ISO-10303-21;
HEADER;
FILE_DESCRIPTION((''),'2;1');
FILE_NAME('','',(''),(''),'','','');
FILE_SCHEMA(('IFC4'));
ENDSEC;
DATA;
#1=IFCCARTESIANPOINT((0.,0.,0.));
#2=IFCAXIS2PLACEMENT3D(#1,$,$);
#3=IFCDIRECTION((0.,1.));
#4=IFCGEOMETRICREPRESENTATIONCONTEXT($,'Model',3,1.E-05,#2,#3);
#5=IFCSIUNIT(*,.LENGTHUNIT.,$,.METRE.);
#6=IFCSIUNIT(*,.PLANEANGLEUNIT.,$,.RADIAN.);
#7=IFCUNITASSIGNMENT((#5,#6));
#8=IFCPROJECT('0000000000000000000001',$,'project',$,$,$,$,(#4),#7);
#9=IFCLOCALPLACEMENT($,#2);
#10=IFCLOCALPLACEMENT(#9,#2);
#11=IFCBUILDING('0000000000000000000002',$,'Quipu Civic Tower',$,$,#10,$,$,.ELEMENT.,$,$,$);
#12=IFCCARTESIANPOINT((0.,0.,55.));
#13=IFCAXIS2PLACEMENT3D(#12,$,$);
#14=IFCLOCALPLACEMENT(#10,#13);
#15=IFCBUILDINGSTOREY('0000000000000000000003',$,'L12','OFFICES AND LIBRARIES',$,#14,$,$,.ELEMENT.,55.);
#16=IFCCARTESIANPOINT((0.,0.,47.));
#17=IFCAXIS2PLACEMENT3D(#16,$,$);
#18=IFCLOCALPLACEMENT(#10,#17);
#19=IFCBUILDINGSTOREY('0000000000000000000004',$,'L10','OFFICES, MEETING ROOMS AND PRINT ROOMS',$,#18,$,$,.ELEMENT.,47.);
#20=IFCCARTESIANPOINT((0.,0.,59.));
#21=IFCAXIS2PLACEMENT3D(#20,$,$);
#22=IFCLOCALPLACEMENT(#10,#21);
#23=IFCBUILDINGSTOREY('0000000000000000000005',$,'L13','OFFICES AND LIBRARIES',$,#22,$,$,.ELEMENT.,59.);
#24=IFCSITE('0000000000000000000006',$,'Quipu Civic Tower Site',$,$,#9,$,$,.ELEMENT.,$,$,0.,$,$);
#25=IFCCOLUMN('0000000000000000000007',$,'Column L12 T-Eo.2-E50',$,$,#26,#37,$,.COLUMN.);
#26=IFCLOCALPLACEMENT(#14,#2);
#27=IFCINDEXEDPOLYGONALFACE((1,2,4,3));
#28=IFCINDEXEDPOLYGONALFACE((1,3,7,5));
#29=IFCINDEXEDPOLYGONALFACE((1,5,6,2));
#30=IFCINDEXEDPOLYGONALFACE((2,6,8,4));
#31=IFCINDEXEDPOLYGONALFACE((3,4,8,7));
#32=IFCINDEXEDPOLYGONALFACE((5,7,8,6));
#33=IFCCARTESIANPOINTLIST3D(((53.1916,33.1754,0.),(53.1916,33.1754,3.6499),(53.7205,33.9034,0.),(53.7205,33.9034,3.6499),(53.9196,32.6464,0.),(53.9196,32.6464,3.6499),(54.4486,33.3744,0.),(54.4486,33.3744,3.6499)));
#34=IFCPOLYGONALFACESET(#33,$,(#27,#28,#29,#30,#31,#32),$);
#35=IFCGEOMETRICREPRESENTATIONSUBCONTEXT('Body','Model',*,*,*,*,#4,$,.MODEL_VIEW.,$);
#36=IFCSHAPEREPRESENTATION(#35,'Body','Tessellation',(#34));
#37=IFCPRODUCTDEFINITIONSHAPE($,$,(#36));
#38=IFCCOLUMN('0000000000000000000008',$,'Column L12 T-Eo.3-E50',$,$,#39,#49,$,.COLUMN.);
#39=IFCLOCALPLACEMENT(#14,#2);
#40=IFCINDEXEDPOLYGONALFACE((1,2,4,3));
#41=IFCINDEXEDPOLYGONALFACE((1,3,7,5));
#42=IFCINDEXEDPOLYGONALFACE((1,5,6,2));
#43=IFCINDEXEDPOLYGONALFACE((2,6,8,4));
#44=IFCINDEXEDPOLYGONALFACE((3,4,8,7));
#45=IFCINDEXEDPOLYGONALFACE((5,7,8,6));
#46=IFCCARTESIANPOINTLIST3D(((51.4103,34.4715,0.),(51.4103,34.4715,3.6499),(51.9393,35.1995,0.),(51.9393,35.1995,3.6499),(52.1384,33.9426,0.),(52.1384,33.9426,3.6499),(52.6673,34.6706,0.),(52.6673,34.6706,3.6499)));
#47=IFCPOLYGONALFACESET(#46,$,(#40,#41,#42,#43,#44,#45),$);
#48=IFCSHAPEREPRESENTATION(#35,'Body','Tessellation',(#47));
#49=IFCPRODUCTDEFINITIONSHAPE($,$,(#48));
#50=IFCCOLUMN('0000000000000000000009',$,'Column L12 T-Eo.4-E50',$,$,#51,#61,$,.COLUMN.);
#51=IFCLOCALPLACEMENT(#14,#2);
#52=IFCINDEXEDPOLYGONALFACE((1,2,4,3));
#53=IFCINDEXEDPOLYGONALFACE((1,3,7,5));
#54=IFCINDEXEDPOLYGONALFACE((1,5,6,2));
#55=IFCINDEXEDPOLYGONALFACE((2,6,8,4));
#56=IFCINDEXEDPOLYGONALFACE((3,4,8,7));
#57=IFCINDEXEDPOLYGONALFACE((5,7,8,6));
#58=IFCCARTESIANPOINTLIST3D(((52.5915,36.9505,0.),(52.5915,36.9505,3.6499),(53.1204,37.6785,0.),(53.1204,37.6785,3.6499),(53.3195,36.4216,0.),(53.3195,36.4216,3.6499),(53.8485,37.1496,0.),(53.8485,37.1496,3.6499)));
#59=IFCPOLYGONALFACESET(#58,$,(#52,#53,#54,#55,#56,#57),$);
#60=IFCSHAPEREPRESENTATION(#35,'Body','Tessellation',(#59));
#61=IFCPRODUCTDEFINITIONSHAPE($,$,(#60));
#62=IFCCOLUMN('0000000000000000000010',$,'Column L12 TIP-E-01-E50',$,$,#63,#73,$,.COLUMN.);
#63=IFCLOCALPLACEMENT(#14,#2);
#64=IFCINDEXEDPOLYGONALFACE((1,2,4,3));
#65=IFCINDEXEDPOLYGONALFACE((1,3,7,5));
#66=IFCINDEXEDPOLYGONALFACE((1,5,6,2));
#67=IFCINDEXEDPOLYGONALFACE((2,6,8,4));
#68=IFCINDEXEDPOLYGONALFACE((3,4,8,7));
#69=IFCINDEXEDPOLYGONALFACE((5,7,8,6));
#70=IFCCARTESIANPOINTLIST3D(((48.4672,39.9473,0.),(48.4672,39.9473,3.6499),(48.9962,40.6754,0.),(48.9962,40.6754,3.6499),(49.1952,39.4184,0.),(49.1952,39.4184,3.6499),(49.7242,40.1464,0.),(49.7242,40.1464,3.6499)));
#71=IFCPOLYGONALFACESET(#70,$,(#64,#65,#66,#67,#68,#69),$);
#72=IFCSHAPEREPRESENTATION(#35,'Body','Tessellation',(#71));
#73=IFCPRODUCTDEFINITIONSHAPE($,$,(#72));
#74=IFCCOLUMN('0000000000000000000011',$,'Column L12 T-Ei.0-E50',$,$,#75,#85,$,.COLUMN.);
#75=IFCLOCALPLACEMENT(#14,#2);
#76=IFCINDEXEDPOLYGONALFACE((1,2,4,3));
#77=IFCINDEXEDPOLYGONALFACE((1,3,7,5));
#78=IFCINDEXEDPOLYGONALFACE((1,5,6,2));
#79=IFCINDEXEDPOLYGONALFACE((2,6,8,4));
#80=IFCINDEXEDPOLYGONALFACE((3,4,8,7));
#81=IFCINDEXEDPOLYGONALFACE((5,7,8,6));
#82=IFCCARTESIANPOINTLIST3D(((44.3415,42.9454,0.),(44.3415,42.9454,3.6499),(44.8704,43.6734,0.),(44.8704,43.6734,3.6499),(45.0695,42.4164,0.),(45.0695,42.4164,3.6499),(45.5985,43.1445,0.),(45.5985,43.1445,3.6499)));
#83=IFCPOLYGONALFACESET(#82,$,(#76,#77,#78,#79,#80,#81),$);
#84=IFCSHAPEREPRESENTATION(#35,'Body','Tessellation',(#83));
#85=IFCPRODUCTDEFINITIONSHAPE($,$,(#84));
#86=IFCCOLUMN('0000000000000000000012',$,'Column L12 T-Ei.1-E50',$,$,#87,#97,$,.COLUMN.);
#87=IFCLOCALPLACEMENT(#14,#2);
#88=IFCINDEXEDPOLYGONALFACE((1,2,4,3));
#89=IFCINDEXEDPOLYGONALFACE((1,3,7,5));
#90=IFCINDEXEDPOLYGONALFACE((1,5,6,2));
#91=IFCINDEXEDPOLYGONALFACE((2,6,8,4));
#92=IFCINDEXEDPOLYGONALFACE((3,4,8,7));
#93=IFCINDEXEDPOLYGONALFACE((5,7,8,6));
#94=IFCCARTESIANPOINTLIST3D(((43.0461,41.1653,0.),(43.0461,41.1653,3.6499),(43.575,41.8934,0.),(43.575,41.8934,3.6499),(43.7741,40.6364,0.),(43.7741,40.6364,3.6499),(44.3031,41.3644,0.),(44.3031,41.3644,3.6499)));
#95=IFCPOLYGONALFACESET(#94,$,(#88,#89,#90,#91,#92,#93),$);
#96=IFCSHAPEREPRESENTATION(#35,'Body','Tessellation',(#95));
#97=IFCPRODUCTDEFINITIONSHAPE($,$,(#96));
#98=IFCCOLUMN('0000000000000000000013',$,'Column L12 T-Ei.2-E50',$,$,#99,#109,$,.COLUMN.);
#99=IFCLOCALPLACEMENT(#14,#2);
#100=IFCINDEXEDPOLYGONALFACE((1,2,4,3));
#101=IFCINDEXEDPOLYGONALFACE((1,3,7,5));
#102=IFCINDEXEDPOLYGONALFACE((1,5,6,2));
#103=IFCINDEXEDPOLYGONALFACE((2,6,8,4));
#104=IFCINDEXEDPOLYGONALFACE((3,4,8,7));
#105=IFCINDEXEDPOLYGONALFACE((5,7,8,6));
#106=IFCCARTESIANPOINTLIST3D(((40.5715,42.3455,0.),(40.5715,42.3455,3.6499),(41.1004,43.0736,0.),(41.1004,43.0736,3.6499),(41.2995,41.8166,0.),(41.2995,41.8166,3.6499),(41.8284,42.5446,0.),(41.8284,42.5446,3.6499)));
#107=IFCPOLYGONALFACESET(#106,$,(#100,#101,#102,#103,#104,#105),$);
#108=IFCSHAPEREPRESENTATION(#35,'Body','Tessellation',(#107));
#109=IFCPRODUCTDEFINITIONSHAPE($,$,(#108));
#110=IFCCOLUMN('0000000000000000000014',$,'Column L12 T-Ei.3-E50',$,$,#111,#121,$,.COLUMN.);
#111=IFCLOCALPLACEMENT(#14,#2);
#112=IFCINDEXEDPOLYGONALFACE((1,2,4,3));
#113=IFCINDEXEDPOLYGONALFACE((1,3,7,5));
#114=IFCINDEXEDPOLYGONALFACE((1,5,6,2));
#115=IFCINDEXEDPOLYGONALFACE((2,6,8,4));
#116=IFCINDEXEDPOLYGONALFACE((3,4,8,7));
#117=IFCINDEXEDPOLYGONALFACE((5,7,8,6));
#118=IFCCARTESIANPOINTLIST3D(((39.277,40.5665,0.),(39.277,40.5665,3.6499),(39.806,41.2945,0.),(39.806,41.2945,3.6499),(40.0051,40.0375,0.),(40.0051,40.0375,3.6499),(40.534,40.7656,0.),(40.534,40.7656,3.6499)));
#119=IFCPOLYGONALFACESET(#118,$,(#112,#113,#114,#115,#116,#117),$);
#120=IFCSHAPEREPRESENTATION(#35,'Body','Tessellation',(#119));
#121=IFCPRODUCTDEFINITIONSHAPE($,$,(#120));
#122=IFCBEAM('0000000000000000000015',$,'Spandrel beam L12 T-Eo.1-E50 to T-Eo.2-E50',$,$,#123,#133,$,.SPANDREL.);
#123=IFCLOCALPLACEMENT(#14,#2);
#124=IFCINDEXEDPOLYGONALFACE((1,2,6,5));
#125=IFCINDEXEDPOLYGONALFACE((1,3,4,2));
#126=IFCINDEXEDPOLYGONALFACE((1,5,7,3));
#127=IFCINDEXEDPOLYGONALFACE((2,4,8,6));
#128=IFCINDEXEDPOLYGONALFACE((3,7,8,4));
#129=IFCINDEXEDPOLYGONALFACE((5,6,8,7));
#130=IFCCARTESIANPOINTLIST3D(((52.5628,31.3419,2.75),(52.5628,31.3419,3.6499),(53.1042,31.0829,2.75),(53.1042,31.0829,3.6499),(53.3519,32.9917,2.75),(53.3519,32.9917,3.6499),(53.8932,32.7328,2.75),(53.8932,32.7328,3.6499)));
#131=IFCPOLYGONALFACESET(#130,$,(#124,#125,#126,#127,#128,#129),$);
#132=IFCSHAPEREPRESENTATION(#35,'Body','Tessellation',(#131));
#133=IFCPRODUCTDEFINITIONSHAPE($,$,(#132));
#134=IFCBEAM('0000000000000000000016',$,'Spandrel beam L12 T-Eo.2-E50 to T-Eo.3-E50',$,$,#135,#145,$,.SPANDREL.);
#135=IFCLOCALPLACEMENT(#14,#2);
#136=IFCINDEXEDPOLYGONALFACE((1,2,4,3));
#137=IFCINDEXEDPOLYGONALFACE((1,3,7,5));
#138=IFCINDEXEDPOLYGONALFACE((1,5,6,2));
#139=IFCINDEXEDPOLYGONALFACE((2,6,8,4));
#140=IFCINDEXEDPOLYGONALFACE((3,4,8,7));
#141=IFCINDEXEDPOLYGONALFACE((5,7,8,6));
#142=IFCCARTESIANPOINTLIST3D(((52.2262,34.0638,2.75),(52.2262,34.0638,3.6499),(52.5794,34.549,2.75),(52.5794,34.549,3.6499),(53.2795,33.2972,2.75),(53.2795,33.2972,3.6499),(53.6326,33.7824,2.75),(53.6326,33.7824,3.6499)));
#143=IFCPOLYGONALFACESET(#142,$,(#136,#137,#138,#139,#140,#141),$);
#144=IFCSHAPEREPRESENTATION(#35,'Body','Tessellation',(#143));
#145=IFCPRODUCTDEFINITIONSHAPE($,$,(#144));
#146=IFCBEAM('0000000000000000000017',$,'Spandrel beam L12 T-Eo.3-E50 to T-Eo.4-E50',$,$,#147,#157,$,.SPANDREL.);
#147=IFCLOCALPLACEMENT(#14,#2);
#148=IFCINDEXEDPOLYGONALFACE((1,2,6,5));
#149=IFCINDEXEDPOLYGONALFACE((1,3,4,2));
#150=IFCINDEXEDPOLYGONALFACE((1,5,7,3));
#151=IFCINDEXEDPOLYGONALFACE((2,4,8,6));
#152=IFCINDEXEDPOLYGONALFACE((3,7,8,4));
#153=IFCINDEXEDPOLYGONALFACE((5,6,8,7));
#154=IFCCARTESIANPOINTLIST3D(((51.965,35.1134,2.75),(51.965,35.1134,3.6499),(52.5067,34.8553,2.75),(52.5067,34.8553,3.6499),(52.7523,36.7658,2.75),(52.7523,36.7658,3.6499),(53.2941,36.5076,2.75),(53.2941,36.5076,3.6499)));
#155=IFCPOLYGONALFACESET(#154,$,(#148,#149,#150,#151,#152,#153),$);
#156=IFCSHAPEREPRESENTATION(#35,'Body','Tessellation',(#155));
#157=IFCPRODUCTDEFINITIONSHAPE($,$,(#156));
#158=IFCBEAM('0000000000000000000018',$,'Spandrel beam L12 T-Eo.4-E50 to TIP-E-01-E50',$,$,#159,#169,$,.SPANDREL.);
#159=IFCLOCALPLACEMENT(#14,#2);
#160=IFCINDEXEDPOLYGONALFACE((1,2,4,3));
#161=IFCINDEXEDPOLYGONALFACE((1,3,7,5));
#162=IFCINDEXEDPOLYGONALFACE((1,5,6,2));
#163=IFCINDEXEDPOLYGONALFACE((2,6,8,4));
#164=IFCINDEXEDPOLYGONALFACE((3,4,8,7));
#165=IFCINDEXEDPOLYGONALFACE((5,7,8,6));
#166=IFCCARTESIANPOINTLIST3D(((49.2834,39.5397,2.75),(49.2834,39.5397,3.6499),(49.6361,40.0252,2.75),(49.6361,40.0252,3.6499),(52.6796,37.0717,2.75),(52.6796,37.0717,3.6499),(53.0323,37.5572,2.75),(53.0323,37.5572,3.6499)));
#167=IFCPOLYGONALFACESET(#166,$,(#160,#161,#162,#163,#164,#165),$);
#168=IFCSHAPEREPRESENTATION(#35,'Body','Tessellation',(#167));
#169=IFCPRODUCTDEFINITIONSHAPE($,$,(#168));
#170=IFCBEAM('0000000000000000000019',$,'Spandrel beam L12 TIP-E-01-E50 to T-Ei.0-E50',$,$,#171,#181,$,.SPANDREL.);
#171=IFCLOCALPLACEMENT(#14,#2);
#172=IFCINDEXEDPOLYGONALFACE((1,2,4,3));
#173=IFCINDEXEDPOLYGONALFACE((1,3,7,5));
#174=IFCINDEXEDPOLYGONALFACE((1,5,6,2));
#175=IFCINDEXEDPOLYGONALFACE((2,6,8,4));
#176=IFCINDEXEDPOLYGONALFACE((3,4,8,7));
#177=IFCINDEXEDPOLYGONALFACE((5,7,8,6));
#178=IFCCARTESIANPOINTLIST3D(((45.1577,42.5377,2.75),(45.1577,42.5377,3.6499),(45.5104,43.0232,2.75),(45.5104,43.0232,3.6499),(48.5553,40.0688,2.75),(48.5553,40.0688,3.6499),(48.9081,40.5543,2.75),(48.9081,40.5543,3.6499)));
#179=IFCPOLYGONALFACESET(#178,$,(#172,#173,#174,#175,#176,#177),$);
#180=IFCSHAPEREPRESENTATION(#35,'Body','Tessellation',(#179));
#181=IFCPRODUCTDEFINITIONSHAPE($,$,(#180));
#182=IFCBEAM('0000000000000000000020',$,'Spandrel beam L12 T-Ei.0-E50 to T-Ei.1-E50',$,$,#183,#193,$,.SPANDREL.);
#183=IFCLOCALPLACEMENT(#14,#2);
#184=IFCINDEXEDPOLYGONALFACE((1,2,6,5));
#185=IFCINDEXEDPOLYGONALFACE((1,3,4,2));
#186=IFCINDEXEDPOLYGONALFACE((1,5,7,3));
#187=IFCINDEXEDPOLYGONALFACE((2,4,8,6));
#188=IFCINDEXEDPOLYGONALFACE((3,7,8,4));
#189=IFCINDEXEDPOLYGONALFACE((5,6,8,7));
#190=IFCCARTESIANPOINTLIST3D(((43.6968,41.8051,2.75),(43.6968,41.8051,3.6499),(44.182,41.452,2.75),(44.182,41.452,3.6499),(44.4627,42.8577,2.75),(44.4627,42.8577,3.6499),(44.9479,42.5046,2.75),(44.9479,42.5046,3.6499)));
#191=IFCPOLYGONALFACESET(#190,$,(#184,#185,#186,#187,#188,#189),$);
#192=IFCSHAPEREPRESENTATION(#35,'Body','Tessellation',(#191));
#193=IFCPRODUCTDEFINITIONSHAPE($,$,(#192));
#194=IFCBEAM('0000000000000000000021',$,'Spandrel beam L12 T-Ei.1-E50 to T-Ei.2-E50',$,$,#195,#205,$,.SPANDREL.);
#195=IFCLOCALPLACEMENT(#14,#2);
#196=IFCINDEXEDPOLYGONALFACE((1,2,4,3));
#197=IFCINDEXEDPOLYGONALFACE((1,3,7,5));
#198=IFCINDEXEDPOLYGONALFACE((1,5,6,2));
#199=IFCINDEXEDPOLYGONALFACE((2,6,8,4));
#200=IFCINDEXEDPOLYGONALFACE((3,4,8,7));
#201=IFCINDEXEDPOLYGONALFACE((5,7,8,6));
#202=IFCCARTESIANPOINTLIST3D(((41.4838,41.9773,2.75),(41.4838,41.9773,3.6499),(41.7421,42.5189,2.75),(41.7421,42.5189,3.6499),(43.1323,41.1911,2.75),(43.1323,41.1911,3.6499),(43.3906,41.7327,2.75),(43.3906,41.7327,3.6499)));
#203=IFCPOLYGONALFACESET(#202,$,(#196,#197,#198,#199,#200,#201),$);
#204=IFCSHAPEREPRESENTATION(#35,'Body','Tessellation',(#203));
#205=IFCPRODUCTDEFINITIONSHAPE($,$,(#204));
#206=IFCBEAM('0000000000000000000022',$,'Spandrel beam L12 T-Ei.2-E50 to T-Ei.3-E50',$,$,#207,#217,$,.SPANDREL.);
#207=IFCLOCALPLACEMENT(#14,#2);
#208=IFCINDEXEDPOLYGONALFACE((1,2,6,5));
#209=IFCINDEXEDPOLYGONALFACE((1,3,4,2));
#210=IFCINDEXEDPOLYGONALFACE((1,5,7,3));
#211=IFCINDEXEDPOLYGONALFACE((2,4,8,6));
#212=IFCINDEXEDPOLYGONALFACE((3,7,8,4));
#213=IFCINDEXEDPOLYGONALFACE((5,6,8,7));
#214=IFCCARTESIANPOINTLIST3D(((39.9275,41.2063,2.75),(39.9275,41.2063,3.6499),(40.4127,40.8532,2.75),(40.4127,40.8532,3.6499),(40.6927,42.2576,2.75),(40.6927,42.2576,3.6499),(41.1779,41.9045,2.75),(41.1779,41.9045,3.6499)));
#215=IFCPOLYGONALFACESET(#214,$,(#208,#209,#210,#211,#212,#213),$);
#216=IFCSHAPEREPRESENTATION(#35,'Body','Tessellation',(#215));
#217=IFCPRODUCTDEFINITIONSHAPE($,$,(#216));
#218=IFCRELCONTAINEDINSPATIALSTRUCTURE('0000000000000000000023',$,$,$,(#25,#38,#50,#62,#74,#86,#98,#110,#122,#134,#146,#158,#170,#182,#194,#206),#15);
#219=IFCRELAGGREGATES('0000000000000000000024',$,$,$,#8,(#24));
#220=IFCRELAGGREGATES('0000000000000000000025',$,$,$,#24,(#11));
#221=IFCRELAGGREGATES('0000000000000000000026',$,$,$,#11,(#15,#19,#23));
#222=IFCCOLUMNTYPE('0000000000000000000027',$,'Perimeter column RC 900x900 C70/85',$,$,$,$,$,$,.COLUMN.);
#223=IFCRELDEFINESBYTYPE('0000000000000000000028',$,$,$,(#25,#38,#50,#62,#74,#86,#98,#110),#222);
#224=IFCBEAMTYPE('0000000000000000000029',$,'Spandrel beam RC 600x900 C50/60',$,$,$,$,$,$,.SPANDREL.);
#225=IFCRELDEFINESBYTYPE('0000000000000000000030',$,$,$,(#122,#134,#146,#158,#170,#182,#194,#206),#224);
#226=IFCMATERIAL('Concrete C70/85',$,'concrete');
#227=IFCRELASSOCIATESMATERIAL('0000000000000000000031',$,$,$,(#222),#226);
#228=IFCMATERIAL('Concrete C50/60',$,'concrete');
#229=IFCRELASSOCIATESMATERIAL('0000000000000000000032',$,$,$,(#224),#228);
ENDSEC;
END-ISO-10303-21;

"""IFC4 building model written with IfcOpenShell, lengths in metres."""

from ifc_helpers import new_model, si_unit, direction, frame, origin, origin_2d, place, context, subcontext, project, spatial, rectangle, extrude, material, material_profile, profile_set, type_object, element, save


model = new_model("IFC4")

# Units and contexts
model_context = context("Model", 3, precision=1e-05, world=origin(), true_north=direction((0.0, 1.0)))
body_context = subcontext(model_context, "Body", "Model", "MODEL_VIEW")
ifc_project = project(units=[si_unit("LENGTHUNIT", "METRE"), si_unit("PLANEANGLEUNIT", "RADIAN")], contexts=[model_context])

# Site, building, storey
site_placement = place(None, origin())
site = spatial("IfcSite", under=ifc_project, at=site_placement, Name="Quipu Civic Tower Site", CompositionType="ELEMENT", RefElevation=0.0)
building_placement = place(site_placement, origin())
building = spatial("IfcBuilding", under=site, at=building_placement, Name="Quipu Civic Tower", CompositionType="ELEMENT")
storey_1_placement = place(building_placement, frame((0.0, 0.0, 55.0)))
storey_1 = spatial("IfcBuildingStorey", under=building, at=storey_1_placement, Name="L12", Description="OFFICES AND LIBRARIES", CompositionType="ELEMENT", Elevation=55.0)

# Columns
ifc_material_1 = material(Name="Concrete C70/85", Category="concrete")
ifc_material_profile_1 = material_profile(ifc_material_1, rectangle(XDim=0.8999, YDim=0.8999, at=origin_2d()), Name="RC900x900")
ifc_profile_set_1 = profile_set([ifc_material_profile_1], Name="Concrete C70/85")
column_type = type_object("IfcColumnType", Name="Perimeter column RC 900x900 C70/85", PredefinedType="COLUMN", material=ifc_profile_set_1)
for number, where, z_axis, x_axis, name in (
    (1, (53.8201, 33.2749, 0.0), (0.0, 0.0, 1.0), (-0.809017, 0.587785, 0.0), "Column L12 T-Eo.2-E50"),
    (2, (52.0388, 34.571, 0.0), (0.0, 0.0, 1.0), (0.587785, 0.809017, 0.0), "Column L12 T-Eo.3-E50"),
    (3, (53.22, 37.05, 0.0), (0.0, 0.0, 1.0), (-0.809017, 0.587785, 0.0), "Column L12 T-Eo.4-E50"),
    (4, (49.0957, 40.0469, 0.0), (0.0, 0.0, 1.0), (-0.809017, 0.587785, 0.0), "Column L12 TIP-E-01-E50"),
    (5, (44.97, 43.0449, 0.0), (0.0, 0.0, 1.0), (-0.809017, 0.587785, 0.0), "Column L12 T-Ei.0-E50"),
    (6, (43.6746, 41.2649, 0.0), (0.0, 0.0, 1.0), (-0.809017, 0.587785, 0.0), "Column L12 T-Ei.1-E50"),
    (7, (41.2, 42.4451, 0.0), (0.0, 0.0, 1.0), (-0.587785, -0.809017, 0.0), "Column L12 T-Ei.2-E50"),
    (8, (39.9055, 40.666, 0.0), (0.0, 0.0, 1.0), (-0.587785, -0.809017, 0.0), "Column L12 T-Ei.3-E50"),
):
    element("IfcColumn", number, at=place(storey_1_placement, frame(where, z_axis=z_axis, x_axis=x_axis)), inside=storey_1, type_object=column_type, Name=name, PredefinedType="COLUMN", context=body_context, shape_type="SweptSolid", body=[
        extrude(rectangle(XDim=0.8999, YDim=0.8999, at=origin_2d()), origin(), (0.0, 0.0, 1.0), 3.6499),
    ])

# Beams
ifc_material_2 = material(Name="Concrete C50/60", Category="concrete")
ifc_material_profile_2 = material_profile(ifc_material_2, rectangle(XDim=0.6001, YDim=0.8999, at=origin_2d()), Name="RC600x900")
ifc_profile_set_2 = profile_set([ifc_material_profile_2], Name="Concrete C50/60")
beam_type = type_object("IfcBeamType", Name="Spandrel beam RC 600x900 C50/60", PredefinedType="SPANDREL", material=ifc_profile_set_2)
beam_1_placement = place(storey_1_placement, frame((52.8335, 31.2124, 3.2), z_axis=(0.431446, 0.902139, 0.0), x_axis=(-0.902139, 0.431446, 0.0)))
element("IfcBeam", 9, at=beam_1_placement, inside=storey_1, type_object=beam_type, Name="Spandrel beam L12 T-Eo.1-E50 to T-Eo.2-E50", PredefinedType="SPANDREL", context=body_context, shape_type="SweptSolid", body=[
    extrude(rectangle(XDim=0.6001, YDim=0.8999, at=origin_2d()), origin(), (0.0, 0.0, 1.0), 1.8289),
])
beam_2_placement = place(storey_1_placement, frame((53.4561, 33.5398, 3.2), z_axis=(-0.808509, 0.588484, 0.0), x_axis=(-0.588484, -0.808509, 0.0)))
element("IfcBeam", 10, at=beam_2_placement, inside=storey_1, type_object=beam_type, Name="Spandrel beam L12 T-Eo.2-E50 to T-Eo.3-E50", PredefinedType="SPANDREL", context=body_context, shape_type="SweptSolid", body=[
    extrude(rectangle(XDim=0.6001, YDim=0.8999, at=origin_2d()), origin(), (0.0, 0.0, 1.0), 1.3027),
])
beam_3_placement = place(storey_1_placement, frame((52.2358, 34.9844, 3.2), z_axis=(0.430167, 0.90275, 0.0), x_axis=(-0.90275, 0.430167, 0.0)))
element("IfcBeam", 11, at=beam_3_placement, inside=storey_1, type_object=beam_type, Name="Spandrel beam L12 T-Eo.3-E50 to T-Eo.4-E50", PredefinedType="SPANDREL", context=body_context, shape_type="SweptSolid", body=[
    extrude(rectangle(XDim=0.6001, YDim=0.8999, at=origin_2d()), origin(), (0.0, 0.0, 1.0), 1.8303),
])
beam_4_placement = place(storey_1_placement, frame((52.856, 37.3145, 3.2), z_axis=(-0.80896, 0.587864, 0.0), x_axis=(-0.587864, -0.80896, 0.0)))
element("IfcBeam", 12, at=beam_4_placement, inside=storey_1, type_object=beam_type, Name="Spandrel beam L12 T-Eo.4-E50 to TIP-E-01-E50", PredefinedType="SPANDREL", context=body_context, shape_type="SweptSolid", body=[
    extrude(rectangle(XDim=0.6001, YDim=0.8999, at=origin_2d()), origin(), (0.0, 0.0, 1.0), 4.1982),
])
beam_5_placement = place(storey_1_placement, frame((48.7317, 40.3115, 3.2), z_axis=(-0.80897, 0.58785, 0.0), x_axis=(-0.58785, -0.80897, 0.0)))
element("IfcBeam", 13, at=beam_5_placement, inside=storey_1, type_object=beam_type, Name="Spandrel beam L12 TIP-E-01-E50 to T-Ei.0-E50", PredefinedType="SPANDREL", context=body_context, shape_type="SweptSolid", body=[
    extrude(rectangle(XDim=0.6001, YDim=0.8999, at=origin_2d()), origin(), (0.0, 0.0, 1.0), 4.2),
])
beam_6_placement = place(storey_1_placement, frame((44.7053, 42.6812, 3.2), z_axis=(-0.588384, -0.808582, 0.0), x_axis=(0.808582, -0.588384, 0.0)))
element("IfcBeam", 14, at=beam_6_placement, inside=storey_1, type_object=beam_type, Name="Spandrel beam L12 T-Ei.0-E50 to T-Ei.1-E50", PredefinedType="SPANDREL", context=body_context, shape_type="SweptSolid", body=[
    extrude(rectangle(XDim=0.6001, YDim=0.8999, at=origin_2d()), origin(), (0.0, 0.0, 1.0), 1.3018),
])
beam_7_placement = place(storey_1_placement, frame((43.2615, 41.4619, 3.2), z_axis=(-0.902613, 0.430452, 0.0), x_axis=(-0.430452, -0.902613, 0.0)))
element("IfcBeam", 15, at=beam_7_placement, inside=storey_1, type_object=beam_type, Name="Spandrel beam L12 T-Ei.1-E50 to T-Ei.2-E50", PredefinedType="SPANDREL", context=body_context, shape_type="SweptSolid", body=[
    extrude(rectangle(XDim=0.6001, YDim=0.8999, at=origin_2d()), origin(), (0.0, 0.0, 1.0), 1.8264),
])
beam_8_placement = place(storey_1_placement, frame((40.9353, 42.0811, 3.2), z_axis=(-0.588462, -0.808525, 0.0), x_axis=(0.808525, -0.588462, 0.0)))
element("IfcBeam", 16, at=beam_8_placement, inside=storey_1, type_object=beam_type, Name="Spandrel beam L12 T-Ei.2-E50 to T-Ei.3-E50", PredefinedType="SPANDREL", context=body_context, shape_type="SweptSolid", body=[
    extrude(rectangle(XDim=0.6001, YDim=0.8999, at=origin_2d()), origin(), (0.0, 0.0, 1.0), 1.3003),
])

# Shared definitions
storey_2_placement = place(building_placement, frame((0.0, 0.0, 47.0)))
storey_2 = spatial("IfcBuildingStorey", under=building, at=storey_2_placement, Name="L10", Description="OFFICES, MEETING ROOMS AND PRINT ROOMS", CompositionType="ELEMENT", Elevation=47.0)

# Shared definitions
storey_3_placement = place(building_placement, frame((0.0, 0.0, 59.0)))
storey_3 = spatial("IfcBuildingStorey", under=building, at=storey_3_placement, Name="L13", Description="OFFICES AND LIBRARIES", CompositionType="ELEMENT", Elevation=59.0)

save(model, "model.ifc")
